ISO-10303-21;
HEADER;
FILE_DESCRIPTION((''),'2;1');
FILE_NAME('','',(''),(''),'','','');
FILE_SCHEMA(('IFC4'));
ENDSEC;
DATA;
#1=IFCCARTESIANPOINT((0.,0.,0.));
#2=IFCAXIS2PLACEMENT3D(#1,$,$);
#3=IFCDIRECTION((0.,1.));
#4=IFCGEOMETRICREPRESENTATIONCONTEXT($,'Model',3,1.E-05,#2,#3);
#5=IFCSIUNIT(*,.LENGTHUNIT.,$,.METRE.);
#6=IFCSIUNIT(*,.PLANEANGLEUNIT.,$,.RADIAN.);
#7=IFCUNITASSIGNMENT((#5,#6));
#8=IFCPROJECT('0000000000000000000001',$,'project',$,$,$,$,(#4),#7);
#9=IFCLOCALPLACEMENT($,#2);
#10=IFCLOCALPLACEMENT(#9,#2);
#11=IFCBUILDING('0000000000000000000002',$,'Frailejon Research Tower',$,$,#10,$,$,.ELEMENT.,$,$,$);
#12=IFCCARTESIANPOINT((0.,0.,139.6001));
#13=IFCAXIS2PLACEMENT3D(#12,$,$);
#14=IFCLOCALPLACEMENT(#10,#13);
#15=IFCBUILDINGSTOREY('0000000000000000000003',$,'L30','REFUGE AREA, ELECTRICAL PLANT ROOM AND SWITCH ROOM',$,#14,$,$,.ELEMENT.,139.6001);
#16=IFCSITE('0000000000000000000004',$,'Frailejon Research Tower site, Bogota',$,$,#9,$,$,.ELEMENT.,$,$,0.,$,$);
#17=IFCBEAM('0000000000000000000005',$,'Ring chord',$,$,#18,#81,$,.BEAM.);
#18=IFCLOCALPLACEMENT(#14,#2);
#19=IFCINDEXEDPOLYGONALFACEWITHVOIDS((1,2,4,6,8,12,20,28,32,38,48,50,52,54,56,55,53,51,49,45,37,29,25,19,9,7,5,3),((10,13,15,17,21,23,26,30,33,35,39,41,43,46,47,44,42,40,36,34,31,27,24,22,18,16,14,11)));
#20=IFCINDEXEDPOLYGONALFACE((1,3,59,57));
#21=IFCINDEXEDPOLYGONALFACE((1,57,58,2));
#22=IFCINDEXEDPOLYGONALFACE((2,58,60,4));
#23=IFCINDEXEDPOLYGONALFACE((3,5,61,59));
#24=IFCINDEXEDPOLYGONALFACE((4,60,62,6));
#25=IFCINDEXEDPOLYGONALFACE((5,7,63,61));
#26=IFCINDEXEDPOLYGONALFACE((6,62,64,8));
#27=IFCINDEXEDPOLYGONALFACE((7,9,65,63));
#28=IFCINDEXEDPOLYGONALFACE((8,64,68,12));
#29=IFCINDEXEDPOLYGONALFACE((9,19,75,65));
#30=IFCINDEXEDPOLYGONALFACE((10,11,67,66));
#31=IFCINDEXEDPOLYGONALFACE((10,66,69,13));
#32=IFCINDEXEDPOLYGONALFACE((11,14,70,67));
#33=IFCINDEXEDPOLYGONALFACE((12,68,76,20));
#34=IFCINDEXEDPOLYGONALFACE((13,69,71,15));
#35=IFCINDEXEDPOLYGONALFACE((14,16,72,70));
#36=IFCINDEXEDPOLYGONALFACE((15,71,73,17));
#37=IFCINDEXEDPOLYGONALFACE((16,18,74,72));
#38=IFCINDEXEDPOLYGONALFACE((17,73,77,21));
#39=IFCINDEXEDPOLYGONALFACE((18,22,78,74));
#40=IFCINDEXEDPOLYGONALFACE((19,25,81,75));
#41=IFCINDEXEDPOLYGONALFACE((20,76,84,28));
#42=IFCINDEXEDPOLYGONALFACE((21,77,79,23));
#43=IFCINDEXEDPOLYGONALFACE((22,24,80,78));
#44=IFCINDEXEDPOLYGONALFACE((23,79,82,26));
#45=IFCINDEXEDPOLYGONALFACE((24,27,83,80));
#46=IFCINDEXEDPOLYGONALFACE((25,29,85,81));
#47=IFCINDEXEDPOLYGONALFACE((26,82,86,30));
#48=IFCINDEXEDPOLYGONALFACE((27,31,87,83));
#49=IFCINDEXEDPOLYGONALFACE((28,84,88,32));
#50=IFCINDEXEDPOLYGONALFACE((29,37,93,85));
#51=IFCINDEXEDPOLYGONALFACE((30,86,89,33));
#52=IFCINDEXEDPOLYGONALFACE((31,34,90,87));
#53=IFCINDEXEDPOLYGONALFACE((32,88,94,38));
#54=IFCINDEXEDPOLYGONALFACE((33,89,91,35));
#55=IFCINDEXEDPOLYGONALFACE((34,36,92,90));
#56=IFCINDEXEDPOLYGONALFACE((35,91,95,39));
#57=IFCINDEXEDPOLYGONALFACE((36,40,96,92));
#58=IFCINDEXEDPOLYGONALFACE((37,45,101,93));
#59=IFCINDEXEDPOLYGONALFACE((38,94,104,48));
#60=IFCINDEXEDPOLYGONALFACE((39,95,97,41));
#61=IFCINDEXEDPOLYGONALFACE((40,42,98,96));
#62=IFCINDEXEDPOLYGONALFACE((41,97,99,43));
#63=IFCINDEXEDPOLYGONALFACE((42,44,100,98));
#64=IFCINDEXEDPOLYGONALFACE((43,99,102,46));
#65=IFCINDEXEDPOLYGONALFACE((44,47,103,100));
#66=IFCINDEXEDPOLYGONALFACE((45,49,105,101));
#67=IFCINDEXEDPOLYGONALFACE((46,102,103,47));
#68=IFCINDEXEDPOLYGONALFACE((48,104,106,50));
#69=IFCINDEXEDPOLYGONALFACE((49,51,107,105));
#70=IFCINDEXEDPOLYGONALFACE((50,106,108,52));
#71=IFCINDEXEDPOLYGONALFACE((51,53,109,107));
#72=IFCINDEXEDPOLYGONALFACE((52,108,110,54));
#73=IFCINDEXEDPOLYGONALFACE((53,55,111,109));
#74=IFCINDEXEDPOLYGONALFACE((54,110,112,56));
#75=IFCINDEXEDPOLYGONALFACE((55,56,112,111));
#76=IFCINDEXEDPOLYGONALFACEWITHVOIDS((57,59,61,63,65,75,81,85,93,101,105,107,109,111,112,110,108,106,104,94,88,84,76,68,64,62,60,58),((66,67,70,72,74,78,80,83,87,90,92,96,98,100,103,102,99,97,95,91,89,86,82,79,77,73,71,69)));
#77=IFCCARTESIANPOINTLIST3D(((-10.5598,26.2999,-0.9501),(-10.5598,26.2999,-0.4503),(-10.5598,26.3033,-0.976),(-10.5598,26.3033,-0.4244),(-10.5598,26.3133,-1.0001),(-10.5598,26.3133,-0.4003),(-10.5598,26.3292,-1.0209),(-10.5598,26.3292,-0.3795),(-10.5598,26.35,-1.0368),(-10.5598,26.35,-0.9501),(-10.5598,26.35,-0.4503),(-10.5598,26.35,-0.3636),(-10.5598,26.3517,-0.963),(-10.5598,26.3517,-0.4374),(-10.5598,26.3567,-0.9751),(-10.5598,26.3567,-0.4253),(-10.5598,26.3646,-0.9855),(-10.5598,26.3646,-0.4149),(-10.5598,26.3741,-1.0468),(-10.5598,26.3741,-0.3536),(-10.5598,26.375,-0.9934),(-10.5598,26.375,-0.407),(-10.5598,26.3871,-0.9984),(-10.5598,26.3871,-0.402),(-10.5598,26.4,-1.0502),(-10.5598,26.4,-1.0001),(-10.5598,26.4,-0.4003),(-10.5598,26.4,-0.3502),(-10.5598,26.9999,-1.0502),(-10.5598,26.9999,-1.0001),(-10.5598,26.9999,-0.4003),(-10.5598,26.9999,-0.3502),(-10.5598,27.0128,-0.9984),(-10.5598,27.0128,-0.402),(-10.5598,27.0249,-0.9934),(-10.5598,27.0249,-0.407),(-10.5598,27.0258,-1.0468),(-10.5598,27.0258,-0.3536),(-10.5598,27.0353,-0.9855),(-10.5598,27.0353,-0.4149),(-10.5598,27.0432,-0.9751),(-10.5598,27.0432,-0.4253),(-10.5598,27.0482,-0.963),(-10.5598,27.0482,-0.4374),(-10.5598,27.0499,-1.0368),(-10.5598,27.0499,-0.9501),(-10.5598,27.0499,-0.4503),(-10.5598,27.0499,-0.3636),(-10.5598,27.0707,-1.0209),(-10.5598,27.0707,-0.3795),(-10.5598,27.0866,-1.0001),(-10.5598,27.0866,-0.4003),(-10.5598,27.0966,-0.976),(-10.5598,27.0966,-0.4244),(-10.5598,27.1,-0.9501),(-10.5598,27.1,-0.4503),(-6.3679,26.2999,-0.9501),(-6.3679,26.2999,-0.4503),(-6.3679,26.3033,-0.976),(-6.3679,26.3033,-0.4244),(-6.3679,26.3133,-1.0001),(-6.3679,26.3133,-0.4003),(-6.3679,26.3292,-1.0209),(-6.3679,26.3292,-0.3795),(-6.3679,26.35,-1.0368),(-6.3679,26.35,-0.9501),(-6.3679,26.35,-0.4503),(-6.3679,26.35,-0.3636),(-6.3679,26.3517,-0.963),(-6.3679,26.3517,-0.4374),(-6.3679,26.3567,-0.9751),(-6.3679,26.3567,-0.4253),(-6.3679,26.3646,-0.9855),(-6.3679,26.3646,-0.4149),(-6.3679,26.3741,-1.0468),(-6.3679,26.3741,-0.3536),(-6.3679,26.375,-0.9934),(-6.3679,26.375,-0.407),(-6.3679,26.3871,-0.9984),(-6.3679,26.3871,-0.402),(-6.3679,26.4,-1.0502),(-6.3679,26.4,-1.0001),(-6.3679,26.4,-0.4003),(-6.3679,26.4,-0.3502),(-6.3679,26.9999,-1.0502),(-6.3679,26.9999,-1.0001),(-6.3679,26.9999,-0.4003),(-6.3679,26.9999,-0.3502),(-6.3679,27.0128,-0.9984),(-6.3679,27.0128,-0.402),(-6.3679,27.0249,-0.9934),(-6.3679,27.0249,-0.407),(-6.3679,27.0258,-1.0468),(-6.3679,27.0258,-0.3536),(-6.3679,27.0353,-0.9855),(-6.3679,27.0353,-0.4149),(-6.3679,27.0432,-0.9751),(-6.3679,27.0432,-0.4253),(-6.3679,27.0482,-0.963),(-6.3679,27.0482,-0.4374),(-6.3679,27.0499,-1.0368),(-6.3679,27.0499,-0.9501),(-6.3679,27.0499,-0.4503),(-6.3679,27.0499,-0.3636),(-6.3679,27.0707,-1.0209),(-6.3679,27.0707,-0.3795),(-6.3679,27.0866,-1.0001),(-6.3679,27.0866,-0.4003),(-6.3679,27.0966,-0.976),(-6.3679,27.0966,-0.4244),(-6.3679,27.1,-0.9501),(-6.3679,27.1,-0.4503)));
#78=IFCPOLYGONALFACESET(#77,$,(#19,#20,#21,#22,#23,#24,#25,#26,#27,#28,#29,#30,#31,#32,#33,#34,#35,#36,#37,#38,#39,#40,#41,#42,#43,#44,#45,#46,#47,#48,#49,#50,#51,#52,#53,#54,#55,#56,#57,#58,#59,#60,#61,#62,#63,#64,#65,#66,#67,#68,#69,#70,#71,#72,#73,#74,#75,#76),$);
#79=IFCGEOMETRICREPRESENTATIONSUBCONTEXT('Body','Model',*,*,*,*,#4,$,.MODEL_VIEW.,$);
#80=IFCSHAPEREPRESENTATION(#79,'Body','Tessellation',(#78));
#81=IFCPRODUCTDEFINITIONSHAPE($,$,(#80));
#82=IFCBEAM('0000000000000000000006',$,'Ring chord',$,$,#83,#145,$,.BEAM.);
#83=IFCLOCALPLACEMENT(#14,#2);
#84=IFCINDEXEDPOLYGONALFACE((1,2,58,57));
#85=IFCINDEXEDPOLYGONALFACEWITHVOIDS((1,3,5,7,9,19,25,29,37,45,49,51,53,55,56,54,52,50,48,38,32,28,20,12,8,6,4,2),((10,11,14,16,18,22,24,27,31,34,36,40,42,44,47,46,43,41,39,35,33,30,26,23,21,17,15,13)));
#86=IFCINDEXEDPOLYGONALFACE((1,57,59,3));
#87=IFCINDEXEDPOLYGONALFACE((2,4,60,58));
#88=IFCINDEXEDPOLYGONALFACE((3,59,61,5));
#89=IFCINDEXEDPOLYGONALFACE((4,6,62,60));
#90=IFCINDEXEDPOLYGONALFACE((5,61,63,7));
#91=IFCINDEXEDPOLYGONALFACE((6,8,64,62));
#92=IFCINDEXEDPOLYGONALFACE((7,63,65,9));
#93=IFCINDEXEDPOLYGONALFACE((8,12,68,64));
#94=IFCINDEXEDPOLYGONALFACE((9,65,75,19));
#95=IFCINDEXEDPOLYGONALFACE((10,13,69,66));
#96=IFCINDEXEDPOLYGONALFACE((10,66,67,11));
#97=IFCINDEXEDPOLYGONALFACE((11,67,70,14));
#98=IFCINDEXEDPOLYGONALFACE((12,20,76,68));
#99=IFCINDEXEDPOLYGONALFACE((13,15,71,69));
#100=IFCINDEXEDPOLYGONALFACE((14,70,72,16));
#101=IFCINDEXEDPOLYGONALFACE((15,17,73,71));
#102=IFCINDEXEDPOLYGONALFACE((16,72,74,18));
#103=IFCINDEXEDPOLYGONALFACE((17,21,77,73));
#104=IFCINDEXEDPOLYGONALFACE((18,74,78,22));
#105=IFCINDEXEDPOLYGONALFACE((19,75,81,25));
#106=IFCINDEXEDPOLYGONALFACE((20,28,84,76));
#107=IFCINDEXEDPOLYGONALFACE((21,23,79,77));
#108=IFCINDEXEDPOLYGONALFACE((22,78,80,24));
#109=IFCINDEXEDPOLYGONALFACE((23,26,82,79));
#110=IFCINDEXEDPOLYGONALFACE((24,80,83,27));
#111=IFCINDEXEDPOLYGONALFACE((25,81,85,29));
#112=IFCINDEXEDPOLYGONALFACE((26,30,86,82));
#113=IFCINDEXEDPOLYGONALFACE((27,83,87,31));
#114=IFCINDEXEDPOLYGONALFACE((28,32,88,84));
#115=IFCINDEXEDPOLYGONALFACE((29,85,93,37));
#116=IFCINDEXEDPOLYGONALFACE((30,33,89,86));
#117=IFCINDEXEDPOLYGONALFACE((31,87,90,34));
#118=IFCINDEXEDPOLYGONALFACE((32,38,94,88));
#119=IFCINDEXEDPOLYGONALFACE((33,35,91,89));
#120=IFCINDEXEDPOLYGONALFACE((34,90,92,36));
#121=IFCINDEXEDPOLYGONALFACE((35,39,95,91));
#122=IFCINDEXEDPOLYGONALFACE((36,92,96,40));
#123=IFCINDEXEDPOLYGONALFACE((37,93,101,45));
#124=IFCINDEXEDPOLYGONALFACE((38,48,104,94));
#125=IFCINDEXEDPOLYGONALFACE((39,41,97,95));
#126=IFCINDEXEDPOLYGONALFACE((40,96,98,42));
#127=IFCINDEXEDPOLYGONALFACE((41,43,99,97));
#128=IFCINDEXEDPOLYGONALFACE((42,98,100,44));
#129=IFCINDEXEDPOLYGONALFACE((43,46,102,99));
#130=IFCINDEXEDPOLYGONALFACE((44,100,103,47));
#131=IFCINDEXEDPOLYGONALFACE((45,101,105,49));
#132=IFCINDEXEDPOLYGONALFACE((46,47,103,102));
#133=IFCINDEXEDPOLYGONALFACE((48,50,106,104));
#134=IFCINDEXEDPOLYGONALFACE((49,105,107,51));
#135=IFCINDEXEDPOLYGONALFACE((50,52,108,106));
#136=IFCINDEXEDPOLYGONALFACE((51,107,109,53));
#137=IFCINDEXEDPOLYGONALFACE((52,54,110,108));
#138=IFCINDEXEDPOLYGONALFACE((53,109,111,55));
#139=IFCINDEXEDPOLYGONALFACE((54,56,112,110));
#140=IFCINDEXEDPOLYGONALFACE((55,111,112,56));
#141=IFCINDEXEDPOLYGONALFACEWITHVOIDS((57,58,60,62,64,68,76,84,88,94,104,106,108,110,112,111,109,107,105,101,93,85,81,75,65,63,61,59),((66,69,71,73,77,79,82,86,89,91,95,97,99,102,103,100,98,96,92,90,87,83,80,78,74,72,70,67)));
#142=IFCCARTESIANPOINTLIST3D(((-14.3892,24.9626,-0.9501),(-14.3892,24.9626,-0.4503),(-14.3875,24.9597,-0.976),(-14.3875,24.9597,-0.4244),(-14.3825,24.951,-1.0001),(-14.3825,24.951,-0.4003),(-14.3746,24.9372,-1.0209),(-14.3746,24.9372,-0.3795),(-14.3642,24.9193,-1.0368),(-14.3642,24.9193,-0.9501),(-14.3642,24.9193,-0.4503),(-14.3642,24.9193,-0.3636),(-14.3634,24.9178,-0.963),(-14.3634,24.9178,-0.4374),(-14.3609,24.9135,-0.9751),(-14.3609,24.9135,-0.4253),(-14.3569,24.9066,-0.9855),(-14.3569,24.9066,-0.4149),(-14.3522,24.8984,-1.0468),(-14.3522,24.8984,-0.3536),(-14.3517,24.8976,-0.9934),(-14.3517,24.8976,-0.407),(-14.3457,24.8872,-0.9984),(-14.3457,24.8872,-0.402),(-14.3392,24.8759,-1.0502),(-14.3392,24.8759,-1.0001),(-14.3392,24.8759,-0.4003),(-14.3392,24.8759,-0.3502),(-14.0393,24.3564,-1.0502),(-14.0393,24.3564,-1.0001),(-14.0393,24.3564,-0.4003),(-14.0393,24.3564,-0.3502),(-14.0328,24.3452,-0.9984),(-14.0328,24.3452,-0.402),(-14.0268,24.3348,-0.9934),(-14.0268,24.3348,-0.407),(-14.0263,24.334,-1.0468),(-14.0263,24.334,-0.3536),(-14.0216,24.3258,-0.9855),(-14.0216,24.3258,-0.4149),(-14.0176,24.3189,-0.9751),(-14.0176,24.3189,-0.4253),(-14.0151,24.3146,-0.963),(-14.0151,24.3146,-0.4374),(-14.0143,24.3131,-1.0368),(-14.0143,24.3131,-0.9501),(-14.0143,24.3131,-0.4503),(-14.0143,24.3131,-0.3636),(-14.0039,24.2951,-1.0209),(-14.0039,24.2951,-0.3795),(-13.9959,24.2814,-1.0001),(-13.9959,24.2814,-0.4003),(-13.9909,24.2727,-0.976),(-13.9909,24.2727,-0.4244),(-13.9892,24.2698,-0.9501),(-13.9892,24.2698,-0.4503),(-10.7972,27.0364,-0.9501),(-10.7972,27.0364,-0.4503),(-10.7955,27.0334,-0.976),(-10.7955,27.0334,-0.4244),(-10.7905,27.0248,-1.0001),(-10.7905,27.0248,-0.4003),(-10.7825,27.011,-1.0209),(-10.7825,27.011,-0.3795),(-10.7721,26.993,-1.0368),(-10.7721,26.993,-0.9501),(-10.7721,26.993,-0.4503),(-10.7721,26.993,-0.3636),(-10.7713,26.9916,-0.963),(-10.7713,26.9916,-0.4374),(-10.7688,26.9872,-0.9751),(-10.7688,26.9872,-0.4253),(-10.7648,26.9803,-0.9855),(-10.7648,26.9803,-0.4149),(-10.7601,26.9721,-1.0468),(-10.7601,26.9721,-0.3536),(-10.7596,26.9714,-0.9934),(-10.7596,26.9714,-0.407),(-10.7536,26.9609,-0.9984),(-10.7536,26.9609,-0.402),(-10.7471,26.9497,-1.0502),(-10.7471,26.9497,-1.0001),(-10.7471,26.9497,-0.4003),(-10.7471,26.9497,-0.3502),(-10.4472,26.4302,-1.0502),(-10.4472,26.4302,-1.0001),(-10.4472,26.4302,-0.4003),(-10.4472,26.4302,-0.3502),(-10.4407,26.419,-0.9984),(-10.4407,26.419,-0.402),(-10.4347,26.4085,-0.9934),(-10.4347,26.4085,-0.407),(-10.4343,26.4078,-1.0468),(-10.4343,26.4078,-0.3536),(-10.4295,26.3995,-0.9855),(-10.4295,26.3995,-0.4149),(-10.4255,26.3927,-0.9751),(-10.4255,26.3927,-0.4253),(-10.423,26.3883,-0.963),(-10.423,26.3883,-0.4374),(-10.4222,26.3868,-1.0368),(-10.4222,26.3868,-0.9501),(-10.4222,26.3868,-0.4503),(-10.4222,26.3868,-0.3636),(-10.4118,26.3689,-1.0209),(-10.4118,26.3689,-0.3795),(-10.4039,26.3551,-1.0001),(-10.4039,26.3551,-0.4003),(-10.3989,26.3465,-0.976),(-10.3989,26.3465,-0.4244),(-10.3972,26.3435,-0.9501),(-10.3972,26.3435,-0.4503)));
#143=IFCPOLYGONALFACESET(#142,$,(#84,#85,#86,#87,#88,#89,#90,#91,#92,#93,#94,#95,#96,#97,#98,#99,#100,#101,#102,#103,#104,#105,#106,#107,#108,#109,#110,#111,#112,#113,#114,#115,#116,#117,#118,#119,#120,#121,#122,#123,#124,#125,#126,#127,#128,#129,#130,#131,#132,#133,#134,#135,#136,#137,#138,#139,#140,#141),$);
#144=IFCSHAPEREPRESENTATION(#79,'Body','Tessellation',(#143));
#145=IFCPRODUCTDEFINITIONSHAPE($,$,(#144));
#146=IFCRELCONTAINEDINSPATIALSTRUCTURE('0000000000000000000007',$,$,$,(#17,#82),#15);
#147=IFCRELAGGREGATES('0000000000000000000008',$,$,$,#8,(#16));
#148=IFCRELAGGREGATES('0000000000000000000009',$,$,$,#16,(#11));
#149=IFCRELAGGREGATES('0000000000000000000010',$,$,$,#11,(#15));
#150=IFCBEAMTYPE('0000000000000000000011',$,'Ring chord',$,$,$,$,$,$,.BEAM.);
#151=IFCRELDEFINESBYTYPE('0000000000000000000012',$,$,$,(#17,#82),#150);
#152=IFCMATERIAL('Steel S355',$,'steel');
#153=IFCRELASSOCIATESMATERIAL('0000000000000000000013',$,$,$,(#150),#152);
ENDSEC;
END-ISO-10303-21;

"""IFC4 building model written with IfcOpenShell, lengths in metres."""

from ifc_helpers import new_model, si_unit, direction, frame, origin, origin_2d, place, context, subcontext, project, spatial, hollow_rectangle, extrude, material, material_profile, profile_set, type_object, element, save


model = new_model("IFC4")

# Units and contexts
model_context = context("Model", 3, precision=1e-05, world=origin(), true_north=direction((0.0, 1.0)))
body_context = subcontext(model_context, "Body", "Model", "MODEL_VIEW")
ifc_project = project(units=[si_unit("LENGTHUNIT", "METRE"), si_unit("PLANEANGLEUNIT", "RADIAN")], contexts=[model_context])

# Site, building, storey
site_placement = place(None, origin())
site = spatial("IfcSite", under=ifc_project, at=site_placement, Name="Frailejon Research Tower site, Bogota", CompositionType="ELEMENT", RefElevation=0.0)
building_placement = place(site_placement, origin())
building = spatial("IfcBuilding", under=site, at=building_placement, Name="Frailejon Research Tower", CompositionType="ELEMENT")
storey_placement = place(building_placement, frame((0.0, 0.0, 139.6001)))
storey = spatial("IfcBuildingStorey", under=building, at=storey_placement, Name="L30", Description="REFUGE AREA, ELECTRICAL PLANT ROOM AND SWITCH ROOM", CompositionType="ELEMENT", Elevation=139.6001)

# Beams
ifc_material_1 = material(Name="Steel S355", Category="steel")
ifc_material_profile_1 = material_profile(ifc_material_1, hollow_rectangle(XDim=0.8, YDim=0.7, WallThickness=0.05, InnerFilletRadius=0.05, OuterFilletRadius=0.1001, at=origin_2d()), Name="Ring chord")
ifc_profile_set_1 = profile_set([ifc_material_profile_1], Name="Steel S355")
beam_type_1 = type_object("IfcBeamType", Name="Ring chord", PredefinedType="BEAM", material=ifc_profile_set_1)
for number, where, z_axis, x_axis, name in (
    (1, (-6.3679, 26.7, -0.7002), (-1.0, 0.0, 0.0), (0.0, -1.0, 0.0), "Ring chord"),
):
    element("IfcBeam", number, at=place(storey_placement, frame(where, z_axis=z_axis, x_axis=x_axis)), inside=storey, type_object=beam_type_1, Name=name, PredefinedType="BEAM", context=body_context, shape_type="SweptSolid", body=[
        extrude(hollow_rectangle(XDim=0.8, YDim=0.7, WallThickness=0.05, InnerFilletRadius=0.05, OuterFilletRadius=0.1001, at=origin_2d()), origin(), (0.0, 0.0, 1.0), 4.1919),
    ])
for number, where, z_axis, x_axis, name in (
    (2, (-10.5972, 26.6899, -0.7002), (-0.86604, -0.499976, 0.0), (0.499976, -0.86604, 0.0), "Ring chord"),
):
    element("IfcBeam", number, at=place(storey_placement, frame(where, z_axis=z_axis, x_axis=x_axis)), inside=storey, type_object=beam_type_1, Name=name, PredefinedType="BEAM", context=body_context, shape_type="SweptSolid", body=[
        extrude(hollow_rectangle(XDim=0.8, YDim=0.7, WallThickness=0.05, InnerFilletRadius=0.05, OuterFilletRadius=0.1001, at=origin_2d()), origin(), (0.0, 0.0, 1.0), 4.1477),
    ])

save(model, "model.ifc")
